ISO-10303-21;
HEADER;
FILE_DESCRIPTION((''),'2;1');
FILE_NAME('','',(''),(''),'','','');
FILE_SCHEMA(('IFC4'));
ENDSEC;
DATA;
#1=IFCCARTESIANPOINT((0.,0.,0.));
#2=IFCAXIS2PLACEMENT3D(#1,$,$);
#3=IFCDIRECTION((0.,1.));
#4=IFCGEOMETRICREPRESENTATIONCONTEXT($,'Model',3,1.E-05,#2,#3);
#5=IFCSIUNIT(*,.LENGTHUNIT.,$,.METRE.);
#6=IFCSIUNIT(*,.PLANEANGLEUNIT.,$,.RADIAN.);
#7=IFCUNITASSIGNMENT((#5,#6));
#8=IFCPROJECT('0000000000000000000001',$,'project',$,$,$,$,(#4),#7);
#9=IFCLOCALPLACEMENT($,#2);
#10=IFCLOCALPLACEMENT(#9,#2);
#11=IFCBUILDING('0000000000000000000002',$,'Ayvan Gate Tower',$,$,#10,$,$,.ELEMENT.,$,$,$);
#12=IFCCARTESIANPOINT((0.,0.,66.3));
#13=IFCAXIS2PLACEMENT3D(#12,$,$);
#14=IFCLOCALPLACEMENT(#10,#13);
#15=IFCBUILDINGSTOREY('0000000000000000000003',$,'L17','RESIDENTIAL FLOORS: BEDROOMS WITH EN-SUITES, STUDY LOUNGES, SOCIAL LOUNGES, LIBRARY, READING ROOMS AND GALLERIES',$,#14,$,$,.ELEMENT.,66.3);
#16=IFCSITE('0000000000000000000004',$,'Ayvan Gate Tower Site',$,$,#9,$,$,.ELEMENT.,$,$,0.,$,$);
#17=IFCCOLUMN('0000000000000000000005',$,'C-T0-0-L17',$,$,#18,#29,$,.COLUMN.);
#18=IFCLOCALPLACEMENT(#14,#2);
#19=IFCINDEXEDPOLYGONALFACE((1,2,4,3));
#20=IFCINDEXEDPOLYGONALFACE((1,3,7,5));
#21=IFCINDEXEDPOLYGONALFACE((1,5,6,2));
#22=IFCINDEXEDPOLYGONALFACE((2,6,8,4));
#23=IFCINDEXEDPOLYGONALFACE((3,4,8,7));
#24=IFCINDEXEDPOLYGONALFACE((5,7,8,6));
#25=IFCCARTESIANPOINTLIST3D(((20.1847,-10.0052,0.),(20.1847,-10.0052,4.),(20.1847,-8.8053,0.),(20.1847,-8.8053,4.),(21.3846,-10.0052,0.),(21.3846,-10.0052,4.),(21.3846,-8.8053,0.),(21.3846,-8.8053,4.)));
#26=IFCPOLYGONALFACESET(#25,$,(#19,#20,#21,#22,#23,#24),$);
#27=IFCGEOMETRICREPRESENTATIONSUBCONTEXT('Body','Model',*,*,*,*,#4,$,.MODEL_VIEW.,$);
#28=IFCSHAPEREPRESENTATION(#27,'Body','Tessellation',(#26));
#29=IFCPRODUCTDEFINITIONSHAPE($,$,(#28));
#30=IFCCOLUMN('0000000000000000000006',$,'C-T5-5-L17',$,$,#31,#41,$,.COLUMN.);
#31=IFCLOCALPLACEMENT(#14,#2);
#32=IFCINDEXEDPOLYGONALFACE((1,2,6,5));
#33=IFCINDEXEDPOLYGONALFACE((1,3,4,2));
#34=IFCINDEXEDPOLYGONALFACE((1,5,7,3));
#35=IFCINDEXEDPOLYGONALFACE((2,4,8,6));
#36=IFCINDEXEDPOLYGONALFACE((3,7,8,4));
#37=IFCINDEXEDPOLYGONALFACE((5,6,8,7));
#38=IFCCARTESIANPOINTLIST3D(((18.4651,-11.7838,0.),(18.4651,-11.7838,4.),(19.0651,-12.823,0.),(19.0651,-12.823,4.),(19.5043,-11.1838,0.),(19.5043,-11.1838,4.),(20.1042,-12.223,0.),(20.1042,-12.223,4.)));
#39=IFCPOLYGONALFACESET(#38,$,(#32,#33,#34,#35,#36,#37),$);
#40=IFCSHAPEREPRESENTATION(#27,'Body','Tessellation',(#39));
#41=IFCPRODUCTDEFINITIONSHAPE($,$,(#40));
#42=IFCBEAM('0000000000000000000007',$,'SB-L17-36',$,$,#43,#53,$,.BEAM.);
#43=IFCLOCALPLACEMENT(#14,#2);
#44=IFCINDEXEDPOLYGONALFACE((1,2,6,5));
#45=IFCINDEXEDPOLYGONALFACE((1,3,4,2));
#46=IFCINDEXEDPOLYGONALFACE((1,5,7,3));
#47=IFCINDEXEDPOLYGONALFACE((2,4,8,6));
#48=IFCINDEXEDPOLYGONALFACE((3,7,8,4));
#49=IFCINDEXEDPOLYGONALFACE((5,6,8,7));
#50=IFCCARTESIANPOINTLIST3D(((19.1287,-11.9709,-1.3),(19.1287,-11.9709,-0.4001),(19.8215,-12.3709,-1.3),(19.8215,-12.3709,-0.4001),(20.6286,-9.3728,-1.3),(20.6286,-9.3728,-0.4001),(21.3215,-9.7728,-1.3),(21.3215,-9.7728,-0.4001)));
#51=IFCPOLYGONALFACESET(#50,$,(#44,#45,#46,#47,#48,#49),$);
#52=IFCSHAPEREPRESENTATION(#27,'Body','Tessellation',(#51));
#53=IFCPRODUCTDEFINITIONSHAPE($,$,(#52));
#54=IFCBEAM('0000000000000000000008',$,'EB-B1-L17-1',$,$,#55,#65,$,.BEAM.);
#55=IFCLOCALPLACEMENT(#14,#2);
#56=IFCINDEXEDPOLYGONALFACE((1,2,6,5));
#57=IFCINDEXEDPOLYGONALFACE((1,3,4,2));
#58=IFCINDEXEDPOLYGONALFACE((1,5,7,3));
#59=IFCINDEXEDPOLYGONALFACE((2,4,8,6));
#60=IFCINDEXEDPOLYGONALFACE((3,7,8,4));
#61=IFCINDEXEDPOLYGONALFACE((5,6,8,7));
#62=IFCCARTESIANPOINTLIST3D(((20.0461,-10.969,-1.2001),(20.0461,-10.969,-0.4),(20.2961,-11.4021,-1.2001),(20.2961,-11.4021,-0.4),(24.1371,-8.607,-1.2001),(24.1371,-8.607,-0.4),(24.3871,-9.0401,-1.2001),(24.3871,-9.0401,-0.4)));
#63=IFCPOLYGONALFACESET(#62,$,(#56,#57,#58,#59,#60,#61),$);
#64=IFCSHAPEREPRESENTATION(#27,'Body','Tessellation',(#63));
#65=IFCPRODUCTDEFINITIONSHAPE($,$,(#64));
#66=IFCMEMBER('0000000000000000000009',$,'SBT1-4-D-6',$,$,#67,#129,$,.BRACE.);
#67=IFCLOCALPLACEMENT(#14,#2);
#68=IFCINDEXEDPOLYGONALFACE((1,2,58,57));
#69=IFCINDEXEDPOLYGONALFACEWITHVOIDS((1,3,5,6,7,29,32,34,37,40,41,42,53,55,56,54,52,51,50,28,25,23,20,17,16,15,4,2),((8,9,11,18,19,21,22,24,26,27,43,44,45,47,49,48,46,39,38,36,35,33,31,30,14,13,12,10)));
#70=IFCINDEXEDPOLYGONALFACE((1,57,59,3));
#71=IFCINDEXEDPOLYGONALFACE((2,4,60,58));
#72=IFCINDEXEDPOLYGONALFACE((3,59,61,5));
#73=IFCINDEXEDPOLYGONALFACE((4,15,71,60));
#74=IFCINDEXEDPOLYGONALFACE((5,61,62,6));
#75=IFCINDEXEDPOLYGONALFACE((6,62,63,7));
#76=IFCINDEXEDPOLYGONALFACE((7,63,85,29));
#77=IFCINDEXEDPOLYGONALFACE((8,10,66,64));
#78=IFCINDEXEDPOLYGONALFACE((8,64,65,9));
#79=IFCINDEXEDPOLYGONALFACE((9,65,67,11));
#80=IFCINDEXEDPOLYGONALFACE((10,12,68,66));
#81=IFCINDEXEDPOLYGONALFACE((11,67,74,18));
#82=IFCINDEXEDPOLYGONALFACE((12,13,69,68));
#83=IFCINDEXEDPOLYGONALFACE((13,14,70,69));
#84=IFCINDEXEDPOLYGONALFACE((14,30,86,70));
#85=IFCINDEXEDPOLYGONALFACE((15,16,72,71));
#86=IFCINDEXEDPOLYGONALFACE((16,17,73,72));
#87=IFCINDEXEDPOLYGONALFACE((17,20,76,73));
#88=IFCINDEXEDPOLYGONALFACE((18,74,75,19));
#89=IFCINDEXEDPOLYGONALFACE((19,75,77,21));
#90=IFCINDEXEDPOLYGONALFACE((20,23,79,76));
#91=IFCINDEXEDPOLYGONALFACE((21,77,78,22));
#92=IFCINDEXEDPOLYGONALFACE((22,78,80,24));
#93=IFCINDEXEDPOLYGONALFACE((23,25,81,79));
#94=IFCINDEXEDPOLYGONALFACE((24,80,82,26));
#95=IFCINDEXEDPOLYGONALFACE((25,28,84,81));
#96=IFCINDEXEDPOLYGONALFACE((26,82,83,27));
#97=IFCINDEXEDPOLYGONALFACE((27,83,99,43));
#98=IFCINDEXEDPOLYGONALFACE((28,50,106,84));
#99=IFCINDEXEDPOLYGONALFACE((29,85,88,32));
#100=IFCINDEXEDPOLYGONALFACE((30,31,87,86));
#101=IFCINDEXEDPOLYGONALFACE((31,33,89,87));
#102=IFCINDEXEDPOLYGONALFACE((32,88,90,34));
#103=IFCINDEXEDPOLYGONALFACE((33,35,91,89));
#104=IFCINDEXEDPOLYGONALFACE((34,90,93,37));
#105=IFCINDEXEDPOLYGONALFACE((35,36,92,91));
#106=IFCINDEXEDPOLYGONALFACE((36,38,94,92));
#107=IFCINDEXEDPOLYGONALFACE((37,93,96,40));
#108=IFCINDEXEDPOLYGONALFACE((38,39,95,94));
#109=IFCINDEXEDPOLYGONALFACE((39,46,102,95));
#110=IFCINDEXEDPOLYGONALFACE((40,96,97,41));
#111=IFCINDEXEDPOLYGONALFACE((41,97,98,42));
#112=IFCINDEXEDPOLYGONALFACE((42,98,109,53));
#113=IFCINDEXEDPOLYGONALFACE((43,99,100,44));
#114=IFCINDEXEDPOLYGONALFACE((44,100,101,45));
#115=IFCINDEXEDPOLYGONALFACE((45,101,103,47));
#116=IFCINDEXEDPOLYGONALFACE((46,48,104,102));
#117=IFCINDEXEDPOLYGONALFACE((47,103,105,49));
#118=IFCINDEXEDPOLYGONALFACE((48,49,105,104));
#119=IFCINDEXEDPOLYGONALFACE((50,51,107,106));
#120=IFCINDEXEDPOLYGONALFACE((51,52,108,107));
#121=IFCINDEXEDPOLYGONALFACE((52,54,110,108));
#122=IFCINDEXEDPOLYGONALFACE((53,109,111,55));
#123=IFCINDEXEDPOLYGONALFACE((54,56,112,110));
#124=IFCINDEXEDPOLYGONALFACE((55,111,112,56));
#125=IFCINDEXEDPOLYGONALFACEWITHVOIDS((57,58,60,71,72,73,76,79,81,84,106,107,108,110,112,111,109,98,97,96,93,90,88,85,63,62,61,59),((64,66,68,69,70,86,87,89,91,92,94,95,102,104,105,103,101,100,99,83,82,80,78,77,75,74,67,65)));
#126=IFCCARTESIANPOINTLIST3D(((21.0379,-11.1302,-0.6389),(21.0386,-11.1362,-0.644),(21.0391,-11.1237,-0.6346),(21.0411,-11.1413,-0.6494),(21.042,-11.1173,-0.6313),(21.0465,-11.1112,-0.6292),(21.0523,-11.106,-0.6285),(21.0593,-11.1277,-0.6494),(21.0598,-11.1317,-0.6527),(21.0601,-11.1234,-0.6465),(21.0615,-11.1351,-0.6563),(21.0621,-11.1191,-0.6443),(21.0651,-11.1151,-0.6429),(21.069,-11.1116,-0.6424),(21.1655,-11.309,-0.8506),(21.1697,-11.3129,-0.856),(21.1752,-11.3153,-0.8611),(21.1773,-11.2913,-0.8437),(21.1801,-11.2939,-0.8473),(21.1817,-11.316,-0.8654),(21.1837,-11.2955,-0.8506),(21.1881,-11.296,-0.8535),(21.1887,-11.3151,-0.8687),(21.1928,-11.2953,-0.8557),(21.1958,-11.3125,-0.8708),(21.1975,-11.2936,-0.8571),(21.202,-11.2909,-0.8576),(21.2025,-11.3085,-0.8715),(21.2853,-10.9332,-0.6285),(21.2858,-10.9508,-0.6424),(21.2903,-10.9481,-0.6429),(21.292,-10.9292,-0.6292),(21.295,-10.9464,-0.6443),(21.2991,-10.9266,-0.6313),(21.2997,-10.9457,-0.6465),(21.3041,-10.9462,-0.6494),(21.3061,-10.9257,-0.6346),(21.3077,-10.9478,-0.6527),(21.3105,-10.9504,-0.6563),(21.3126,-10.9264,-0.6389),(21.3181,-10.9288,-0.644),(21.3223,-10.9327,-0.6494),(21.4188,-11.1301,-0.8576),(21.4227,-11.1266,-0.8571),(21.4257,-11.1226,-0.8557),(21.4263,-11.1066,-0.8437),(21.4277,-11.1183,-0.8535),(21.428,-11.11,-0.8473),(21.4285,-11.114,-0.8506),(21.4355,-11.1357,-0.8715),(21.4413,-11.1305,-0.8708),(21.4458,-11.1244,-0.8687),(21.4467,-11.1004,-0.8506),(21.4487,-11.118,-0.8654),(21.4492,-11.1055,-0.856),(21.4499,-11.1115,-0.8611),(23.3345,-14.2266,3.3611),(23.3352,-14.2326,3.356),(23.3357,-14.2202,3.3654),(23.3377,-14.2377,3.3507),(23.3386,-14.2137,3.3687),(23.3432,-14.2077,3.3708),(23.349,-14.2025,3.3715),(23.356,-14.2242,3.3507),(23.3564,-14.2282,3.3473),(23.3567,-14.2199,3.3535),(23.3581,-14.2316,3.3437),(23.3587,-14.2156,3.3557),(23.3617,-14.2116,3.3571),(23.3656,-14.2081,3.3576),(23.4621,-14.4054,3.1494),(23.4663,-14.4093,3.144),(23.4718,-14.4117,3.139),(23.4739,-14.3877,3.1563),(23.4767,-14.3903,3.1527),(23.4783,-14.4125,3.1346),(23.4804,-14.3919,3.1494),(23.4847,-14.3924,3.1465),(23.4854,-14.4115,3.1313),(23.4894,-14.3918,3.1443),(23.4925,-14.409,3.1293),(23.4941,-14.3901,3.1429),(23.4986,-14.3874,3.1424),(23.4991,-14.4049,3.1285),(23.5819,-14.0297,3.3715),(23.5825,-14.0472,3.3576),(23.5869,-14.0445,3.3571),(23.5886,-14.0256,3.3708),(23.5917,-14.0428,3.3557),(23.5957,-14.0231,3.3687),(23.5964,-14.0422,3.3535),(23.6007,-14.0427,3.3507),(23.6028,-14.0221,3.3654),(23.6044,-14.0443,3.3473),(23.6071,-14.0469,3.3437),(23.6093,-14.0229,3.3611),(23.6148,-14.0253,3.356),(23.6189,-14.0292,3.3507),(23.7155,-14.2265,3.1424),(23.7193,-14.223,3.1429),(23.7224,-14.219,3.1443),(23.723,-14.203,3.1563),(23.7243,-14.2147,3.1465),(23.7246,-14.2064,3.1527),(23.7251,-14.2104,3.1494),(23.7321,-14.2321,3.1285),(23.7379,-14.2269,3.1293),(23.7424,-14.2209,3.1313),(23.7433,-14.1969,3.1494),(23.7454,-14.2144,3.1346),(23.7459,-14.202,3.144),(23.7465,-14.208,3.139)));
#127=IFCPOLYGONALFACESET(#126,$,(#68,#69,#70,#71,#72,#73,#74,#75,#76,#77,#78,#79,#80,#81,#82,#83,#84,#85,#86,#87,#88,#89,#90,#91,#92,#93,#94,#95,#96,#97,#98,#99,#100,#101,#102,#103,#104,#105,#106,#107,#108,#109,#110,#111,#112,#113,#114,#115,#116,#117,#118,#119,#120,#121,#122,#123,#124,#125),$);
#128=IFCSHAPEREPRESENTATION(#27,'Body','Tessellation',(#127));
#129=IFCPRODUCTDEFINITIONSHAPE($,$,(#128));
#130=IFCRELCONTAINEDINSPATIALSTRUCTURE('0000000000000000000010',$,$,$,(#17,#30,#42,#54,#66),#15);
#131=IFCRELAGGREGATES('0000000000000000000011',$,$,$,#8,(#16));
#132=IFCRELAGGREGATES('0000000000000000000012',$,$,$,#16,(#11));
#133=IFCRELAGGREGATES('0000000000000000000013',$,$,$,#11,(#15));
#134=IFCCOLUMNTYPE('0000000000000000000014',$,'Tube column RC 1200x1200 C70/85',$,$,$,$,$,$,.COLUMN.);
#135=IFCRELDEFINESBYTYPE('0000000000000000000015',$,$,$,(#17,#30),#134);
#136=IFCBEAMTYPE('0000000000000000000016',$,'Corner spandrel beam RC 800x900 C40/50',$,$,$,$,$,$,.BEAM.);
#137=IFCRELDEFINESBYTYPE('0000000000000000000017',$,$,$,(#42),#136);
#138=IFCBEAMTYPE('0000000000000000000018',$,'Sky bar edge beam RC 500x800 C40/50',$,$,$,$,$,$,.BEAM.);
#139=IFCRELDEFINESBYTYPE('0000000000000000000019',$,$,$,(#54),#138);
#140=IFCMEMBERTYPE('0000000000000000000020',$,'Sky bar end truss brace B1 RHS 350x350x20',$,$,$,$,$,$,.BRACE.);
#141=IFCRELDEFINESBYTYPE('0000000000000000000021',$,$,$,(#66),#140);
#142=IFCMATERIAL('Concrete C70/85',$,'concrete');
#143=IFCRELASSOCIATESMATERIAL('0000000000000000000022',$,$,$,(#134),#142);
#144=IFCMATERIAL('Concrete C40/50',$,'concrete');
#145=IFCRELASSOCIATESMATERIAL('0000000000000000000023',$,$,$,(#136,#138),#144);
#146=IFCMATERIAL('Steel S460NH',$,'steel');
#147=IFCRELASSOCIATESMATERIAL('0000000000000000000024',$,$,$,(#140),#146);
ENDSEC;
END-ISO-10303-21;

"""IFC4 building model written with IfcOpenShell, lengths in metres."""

from ifc_helpers import new_model, si_unit, direction, frame, origin, origin_2d, place, context, subcontext, project, spatial, rectangle, hollow_rectangle, extrude, material, material_profile, profile_set, type_object, element, save


model = new_model("IFC4")

# Units and contexts
model_context = context("Model", 3, precision=1e-05, world=origin(), true_north=direction((0.0, 1.0)))
body_context = subcontext(model_context, "Body", "Model", "MODEL_VIEW")
ifc_project = project(units=[si_unit("LENGTHUNIT", "METRE"), si_unit("PLANEANGLEUNIT", "RADIAN")], contexts=[model_context])

# Site, building, storey
site_placement = place(None, origin())
site = spatial("IfcSite", under=ifc_project, at=site_placement, Name="Ayvan Gate Tower Site", CompositionType="ELEMENT", RefElevation=0.0)
building_placement = place(site_placement, origin())
building = spatial("IfcBuilding", under=site, at=building_placement, Name="Ayvan Gate Tower", CompositionType="ELEMENT")
storey_placement = place(building_placement, frame((0.0, 0.0, 66.3)))
storey = spatial("IfcBuildingStorey", under=building, at=storey_placement, Name="L17", Description="RESIDENTIAL FLOORS: BEDROOMS WITH EN-SUITES, STUDY LOUNGES, SOCIAL LOUNGES, LIBRARY, READING ROOMS AND GALLERIES", CompositionType="ELEMENT", Elevation=66.3)

# Columns
ifc_material_1 = material(Name="Concrete C70/85", Category="concrete")
ifc_material_profile_1 = material_profile(ifc_material_1, rectangle(XDim=1.2, YDim=1.2, at=origin_2d()), Name="RC 1200x1200")
ifc_profile_set_1 = profile_set([ifc_material_profile_1], Name="Concrete C70/85")
column_type = type_object("IfcColumnType", Name="Tube column RC 1200x1200 C70/85", PredefinedType="COLUMN", material=ifc_profile_set_1)
for number, where, z_axis, x_axis, name in (
    (1, (20.7847, -9.4053, 0.0), (0.0, 0.0, 1.0), (1.0, 0.0, 0.0), "C-T0-0-L17"),
    (2, (19.2847, -12.0034, 0.0), (0.0, 0.0, 1.0), (0.5, -0.866025, 0.0), "C-T5-5-L17"),
):
    element("IfcColumn", number, at=place(storey_placement, frame(where, z_axis=z_axis, x_axis=x_axis)), inside=storey, type_object=column_type, Name=name, PredefinedType="COLUMN", context=body_context, shape_type="SweptSolid", body=[
        extrude(rectangle(XDim=1.2, YDim=1.2, at=origin_2d()), origin(), (0.0, 0.0, 1.0), 4.0),
    ])

# Beams
ifc_material_2 = material(Name="Concrete C40/50", Category="concrete")
ifc_material_profile_2 = material_profile(ifc_material_2, rectangle(XDim=0.8, YDim=0.8999, at=origin_2d()), Name="RC 800x900")
ifc_profile_set_2 = profile_set([ifc_material_profile_2], Name="Concrete C40/50")
beam_type_1 = type_object("IfcBeamType", Name="Corner spandrel beam RC 800x900 C40/50", PredefinedType="BEAM", material=ifc_profile_set_2)
beam_1_placement = place(storey_placement, frame((19.4751, -12.1709, -0.8501), z_axis=(0.49999, 0.866031, 0.0), x_axis=(-0.866031, 0.49999, 0.0)))
element("IfcBeam", 3, at=beam_1_placement, inside=storey, type_object=beam_type_1, Name="SB-L17-36", PredefinedType="BEAM", context=body_context, shape_type="SweptSolid", body=[
    extrude(rectangle(XDim=0.8, YDim=0.8999, at=origin_2d()), origin(), (0.0, 0.0, 1.0), 3.0),
])
ifc_material_profile_3 = material_profile(ifc_material_2, rectangle(XDim=0.5, YDim=0.8, at=origin_2d()), Name="RC 500x800")
ifc_profile_set_3 = profile_set([ifc_material_profile_3], Name="Concrete C40/50")
beam_type_2 = type_object("IfcBeamType", Name="Sky bar edge beam RC 500x800 C40/50", PredefinedType="BEAM", material=ifc_profile_set_3)
beam_2_placement = place(storey_placement, frame((20.1711, -11.1855, -0.8), z_axis=(0.866018, 0.500013, 0.0), x_axis=(-0.500013, 0.866018, 0.0)))
element("IfcBeam", 4, at=beam_2_placement, inside=storey, type_object=beam_type_2, Name="EB-B1-L17-1", PredefinedType="BEAM", context=body_context, shape_type="SweptSolid", body=[
    extrude(rectangle(XDim=0.5, YDim=0.8, at=origin_2d()), origin(), (0.0, 0.0, 1.0), 4.7239),
])

# Member
ifc_material_3 = material(Name="Steel S460NH", Category="steel")
ifc_material_profile_4 = material_profile(ifc_material_3, hollow_rectangle(XDim=0.3501, YDim=0.3501, WallThickness=0.02, InnerFilletRadius=0.02, OuterFilletRadius=0.03, at=origin_2d()), Name="RHS 350x350x20")
ifc_profile_set_4 = profile_set([ifc_material_profile_4], Name="Steel S460NH")
member_type_1 = type_object("IfcMemberType", Name="Sky bar end truss brace B1 RHS 350x350x20", PredefinedType="BRACE", material=ifc_profile_set_4)
member_1_placement = place(storey_placement, frame((21.2439, -11.1208, -0.75), z_axis=(0.413405, -0.557374, 0.720021), x_axis=(0.803188, 0.595726, 0.0)))
element("IfcMember", 5, at=member_1_placement, inside=storey, type_object=member_type_1, Name="SBT1-4-D-6", PredefinedType="BRACE", context=body_context, shape_type="SweptSolid", body=[
    extrude(hollow_rectangle(XDim=0.3501, YDim=0.3501, WallThickness=0.02, InnerFilletRadius=0.02, OuterFilletRadius=0.03, at=origin_2d()), origin(), (0.0, 0.0, 1.0), 5.5554),
])

save(model, "model.ifc")
